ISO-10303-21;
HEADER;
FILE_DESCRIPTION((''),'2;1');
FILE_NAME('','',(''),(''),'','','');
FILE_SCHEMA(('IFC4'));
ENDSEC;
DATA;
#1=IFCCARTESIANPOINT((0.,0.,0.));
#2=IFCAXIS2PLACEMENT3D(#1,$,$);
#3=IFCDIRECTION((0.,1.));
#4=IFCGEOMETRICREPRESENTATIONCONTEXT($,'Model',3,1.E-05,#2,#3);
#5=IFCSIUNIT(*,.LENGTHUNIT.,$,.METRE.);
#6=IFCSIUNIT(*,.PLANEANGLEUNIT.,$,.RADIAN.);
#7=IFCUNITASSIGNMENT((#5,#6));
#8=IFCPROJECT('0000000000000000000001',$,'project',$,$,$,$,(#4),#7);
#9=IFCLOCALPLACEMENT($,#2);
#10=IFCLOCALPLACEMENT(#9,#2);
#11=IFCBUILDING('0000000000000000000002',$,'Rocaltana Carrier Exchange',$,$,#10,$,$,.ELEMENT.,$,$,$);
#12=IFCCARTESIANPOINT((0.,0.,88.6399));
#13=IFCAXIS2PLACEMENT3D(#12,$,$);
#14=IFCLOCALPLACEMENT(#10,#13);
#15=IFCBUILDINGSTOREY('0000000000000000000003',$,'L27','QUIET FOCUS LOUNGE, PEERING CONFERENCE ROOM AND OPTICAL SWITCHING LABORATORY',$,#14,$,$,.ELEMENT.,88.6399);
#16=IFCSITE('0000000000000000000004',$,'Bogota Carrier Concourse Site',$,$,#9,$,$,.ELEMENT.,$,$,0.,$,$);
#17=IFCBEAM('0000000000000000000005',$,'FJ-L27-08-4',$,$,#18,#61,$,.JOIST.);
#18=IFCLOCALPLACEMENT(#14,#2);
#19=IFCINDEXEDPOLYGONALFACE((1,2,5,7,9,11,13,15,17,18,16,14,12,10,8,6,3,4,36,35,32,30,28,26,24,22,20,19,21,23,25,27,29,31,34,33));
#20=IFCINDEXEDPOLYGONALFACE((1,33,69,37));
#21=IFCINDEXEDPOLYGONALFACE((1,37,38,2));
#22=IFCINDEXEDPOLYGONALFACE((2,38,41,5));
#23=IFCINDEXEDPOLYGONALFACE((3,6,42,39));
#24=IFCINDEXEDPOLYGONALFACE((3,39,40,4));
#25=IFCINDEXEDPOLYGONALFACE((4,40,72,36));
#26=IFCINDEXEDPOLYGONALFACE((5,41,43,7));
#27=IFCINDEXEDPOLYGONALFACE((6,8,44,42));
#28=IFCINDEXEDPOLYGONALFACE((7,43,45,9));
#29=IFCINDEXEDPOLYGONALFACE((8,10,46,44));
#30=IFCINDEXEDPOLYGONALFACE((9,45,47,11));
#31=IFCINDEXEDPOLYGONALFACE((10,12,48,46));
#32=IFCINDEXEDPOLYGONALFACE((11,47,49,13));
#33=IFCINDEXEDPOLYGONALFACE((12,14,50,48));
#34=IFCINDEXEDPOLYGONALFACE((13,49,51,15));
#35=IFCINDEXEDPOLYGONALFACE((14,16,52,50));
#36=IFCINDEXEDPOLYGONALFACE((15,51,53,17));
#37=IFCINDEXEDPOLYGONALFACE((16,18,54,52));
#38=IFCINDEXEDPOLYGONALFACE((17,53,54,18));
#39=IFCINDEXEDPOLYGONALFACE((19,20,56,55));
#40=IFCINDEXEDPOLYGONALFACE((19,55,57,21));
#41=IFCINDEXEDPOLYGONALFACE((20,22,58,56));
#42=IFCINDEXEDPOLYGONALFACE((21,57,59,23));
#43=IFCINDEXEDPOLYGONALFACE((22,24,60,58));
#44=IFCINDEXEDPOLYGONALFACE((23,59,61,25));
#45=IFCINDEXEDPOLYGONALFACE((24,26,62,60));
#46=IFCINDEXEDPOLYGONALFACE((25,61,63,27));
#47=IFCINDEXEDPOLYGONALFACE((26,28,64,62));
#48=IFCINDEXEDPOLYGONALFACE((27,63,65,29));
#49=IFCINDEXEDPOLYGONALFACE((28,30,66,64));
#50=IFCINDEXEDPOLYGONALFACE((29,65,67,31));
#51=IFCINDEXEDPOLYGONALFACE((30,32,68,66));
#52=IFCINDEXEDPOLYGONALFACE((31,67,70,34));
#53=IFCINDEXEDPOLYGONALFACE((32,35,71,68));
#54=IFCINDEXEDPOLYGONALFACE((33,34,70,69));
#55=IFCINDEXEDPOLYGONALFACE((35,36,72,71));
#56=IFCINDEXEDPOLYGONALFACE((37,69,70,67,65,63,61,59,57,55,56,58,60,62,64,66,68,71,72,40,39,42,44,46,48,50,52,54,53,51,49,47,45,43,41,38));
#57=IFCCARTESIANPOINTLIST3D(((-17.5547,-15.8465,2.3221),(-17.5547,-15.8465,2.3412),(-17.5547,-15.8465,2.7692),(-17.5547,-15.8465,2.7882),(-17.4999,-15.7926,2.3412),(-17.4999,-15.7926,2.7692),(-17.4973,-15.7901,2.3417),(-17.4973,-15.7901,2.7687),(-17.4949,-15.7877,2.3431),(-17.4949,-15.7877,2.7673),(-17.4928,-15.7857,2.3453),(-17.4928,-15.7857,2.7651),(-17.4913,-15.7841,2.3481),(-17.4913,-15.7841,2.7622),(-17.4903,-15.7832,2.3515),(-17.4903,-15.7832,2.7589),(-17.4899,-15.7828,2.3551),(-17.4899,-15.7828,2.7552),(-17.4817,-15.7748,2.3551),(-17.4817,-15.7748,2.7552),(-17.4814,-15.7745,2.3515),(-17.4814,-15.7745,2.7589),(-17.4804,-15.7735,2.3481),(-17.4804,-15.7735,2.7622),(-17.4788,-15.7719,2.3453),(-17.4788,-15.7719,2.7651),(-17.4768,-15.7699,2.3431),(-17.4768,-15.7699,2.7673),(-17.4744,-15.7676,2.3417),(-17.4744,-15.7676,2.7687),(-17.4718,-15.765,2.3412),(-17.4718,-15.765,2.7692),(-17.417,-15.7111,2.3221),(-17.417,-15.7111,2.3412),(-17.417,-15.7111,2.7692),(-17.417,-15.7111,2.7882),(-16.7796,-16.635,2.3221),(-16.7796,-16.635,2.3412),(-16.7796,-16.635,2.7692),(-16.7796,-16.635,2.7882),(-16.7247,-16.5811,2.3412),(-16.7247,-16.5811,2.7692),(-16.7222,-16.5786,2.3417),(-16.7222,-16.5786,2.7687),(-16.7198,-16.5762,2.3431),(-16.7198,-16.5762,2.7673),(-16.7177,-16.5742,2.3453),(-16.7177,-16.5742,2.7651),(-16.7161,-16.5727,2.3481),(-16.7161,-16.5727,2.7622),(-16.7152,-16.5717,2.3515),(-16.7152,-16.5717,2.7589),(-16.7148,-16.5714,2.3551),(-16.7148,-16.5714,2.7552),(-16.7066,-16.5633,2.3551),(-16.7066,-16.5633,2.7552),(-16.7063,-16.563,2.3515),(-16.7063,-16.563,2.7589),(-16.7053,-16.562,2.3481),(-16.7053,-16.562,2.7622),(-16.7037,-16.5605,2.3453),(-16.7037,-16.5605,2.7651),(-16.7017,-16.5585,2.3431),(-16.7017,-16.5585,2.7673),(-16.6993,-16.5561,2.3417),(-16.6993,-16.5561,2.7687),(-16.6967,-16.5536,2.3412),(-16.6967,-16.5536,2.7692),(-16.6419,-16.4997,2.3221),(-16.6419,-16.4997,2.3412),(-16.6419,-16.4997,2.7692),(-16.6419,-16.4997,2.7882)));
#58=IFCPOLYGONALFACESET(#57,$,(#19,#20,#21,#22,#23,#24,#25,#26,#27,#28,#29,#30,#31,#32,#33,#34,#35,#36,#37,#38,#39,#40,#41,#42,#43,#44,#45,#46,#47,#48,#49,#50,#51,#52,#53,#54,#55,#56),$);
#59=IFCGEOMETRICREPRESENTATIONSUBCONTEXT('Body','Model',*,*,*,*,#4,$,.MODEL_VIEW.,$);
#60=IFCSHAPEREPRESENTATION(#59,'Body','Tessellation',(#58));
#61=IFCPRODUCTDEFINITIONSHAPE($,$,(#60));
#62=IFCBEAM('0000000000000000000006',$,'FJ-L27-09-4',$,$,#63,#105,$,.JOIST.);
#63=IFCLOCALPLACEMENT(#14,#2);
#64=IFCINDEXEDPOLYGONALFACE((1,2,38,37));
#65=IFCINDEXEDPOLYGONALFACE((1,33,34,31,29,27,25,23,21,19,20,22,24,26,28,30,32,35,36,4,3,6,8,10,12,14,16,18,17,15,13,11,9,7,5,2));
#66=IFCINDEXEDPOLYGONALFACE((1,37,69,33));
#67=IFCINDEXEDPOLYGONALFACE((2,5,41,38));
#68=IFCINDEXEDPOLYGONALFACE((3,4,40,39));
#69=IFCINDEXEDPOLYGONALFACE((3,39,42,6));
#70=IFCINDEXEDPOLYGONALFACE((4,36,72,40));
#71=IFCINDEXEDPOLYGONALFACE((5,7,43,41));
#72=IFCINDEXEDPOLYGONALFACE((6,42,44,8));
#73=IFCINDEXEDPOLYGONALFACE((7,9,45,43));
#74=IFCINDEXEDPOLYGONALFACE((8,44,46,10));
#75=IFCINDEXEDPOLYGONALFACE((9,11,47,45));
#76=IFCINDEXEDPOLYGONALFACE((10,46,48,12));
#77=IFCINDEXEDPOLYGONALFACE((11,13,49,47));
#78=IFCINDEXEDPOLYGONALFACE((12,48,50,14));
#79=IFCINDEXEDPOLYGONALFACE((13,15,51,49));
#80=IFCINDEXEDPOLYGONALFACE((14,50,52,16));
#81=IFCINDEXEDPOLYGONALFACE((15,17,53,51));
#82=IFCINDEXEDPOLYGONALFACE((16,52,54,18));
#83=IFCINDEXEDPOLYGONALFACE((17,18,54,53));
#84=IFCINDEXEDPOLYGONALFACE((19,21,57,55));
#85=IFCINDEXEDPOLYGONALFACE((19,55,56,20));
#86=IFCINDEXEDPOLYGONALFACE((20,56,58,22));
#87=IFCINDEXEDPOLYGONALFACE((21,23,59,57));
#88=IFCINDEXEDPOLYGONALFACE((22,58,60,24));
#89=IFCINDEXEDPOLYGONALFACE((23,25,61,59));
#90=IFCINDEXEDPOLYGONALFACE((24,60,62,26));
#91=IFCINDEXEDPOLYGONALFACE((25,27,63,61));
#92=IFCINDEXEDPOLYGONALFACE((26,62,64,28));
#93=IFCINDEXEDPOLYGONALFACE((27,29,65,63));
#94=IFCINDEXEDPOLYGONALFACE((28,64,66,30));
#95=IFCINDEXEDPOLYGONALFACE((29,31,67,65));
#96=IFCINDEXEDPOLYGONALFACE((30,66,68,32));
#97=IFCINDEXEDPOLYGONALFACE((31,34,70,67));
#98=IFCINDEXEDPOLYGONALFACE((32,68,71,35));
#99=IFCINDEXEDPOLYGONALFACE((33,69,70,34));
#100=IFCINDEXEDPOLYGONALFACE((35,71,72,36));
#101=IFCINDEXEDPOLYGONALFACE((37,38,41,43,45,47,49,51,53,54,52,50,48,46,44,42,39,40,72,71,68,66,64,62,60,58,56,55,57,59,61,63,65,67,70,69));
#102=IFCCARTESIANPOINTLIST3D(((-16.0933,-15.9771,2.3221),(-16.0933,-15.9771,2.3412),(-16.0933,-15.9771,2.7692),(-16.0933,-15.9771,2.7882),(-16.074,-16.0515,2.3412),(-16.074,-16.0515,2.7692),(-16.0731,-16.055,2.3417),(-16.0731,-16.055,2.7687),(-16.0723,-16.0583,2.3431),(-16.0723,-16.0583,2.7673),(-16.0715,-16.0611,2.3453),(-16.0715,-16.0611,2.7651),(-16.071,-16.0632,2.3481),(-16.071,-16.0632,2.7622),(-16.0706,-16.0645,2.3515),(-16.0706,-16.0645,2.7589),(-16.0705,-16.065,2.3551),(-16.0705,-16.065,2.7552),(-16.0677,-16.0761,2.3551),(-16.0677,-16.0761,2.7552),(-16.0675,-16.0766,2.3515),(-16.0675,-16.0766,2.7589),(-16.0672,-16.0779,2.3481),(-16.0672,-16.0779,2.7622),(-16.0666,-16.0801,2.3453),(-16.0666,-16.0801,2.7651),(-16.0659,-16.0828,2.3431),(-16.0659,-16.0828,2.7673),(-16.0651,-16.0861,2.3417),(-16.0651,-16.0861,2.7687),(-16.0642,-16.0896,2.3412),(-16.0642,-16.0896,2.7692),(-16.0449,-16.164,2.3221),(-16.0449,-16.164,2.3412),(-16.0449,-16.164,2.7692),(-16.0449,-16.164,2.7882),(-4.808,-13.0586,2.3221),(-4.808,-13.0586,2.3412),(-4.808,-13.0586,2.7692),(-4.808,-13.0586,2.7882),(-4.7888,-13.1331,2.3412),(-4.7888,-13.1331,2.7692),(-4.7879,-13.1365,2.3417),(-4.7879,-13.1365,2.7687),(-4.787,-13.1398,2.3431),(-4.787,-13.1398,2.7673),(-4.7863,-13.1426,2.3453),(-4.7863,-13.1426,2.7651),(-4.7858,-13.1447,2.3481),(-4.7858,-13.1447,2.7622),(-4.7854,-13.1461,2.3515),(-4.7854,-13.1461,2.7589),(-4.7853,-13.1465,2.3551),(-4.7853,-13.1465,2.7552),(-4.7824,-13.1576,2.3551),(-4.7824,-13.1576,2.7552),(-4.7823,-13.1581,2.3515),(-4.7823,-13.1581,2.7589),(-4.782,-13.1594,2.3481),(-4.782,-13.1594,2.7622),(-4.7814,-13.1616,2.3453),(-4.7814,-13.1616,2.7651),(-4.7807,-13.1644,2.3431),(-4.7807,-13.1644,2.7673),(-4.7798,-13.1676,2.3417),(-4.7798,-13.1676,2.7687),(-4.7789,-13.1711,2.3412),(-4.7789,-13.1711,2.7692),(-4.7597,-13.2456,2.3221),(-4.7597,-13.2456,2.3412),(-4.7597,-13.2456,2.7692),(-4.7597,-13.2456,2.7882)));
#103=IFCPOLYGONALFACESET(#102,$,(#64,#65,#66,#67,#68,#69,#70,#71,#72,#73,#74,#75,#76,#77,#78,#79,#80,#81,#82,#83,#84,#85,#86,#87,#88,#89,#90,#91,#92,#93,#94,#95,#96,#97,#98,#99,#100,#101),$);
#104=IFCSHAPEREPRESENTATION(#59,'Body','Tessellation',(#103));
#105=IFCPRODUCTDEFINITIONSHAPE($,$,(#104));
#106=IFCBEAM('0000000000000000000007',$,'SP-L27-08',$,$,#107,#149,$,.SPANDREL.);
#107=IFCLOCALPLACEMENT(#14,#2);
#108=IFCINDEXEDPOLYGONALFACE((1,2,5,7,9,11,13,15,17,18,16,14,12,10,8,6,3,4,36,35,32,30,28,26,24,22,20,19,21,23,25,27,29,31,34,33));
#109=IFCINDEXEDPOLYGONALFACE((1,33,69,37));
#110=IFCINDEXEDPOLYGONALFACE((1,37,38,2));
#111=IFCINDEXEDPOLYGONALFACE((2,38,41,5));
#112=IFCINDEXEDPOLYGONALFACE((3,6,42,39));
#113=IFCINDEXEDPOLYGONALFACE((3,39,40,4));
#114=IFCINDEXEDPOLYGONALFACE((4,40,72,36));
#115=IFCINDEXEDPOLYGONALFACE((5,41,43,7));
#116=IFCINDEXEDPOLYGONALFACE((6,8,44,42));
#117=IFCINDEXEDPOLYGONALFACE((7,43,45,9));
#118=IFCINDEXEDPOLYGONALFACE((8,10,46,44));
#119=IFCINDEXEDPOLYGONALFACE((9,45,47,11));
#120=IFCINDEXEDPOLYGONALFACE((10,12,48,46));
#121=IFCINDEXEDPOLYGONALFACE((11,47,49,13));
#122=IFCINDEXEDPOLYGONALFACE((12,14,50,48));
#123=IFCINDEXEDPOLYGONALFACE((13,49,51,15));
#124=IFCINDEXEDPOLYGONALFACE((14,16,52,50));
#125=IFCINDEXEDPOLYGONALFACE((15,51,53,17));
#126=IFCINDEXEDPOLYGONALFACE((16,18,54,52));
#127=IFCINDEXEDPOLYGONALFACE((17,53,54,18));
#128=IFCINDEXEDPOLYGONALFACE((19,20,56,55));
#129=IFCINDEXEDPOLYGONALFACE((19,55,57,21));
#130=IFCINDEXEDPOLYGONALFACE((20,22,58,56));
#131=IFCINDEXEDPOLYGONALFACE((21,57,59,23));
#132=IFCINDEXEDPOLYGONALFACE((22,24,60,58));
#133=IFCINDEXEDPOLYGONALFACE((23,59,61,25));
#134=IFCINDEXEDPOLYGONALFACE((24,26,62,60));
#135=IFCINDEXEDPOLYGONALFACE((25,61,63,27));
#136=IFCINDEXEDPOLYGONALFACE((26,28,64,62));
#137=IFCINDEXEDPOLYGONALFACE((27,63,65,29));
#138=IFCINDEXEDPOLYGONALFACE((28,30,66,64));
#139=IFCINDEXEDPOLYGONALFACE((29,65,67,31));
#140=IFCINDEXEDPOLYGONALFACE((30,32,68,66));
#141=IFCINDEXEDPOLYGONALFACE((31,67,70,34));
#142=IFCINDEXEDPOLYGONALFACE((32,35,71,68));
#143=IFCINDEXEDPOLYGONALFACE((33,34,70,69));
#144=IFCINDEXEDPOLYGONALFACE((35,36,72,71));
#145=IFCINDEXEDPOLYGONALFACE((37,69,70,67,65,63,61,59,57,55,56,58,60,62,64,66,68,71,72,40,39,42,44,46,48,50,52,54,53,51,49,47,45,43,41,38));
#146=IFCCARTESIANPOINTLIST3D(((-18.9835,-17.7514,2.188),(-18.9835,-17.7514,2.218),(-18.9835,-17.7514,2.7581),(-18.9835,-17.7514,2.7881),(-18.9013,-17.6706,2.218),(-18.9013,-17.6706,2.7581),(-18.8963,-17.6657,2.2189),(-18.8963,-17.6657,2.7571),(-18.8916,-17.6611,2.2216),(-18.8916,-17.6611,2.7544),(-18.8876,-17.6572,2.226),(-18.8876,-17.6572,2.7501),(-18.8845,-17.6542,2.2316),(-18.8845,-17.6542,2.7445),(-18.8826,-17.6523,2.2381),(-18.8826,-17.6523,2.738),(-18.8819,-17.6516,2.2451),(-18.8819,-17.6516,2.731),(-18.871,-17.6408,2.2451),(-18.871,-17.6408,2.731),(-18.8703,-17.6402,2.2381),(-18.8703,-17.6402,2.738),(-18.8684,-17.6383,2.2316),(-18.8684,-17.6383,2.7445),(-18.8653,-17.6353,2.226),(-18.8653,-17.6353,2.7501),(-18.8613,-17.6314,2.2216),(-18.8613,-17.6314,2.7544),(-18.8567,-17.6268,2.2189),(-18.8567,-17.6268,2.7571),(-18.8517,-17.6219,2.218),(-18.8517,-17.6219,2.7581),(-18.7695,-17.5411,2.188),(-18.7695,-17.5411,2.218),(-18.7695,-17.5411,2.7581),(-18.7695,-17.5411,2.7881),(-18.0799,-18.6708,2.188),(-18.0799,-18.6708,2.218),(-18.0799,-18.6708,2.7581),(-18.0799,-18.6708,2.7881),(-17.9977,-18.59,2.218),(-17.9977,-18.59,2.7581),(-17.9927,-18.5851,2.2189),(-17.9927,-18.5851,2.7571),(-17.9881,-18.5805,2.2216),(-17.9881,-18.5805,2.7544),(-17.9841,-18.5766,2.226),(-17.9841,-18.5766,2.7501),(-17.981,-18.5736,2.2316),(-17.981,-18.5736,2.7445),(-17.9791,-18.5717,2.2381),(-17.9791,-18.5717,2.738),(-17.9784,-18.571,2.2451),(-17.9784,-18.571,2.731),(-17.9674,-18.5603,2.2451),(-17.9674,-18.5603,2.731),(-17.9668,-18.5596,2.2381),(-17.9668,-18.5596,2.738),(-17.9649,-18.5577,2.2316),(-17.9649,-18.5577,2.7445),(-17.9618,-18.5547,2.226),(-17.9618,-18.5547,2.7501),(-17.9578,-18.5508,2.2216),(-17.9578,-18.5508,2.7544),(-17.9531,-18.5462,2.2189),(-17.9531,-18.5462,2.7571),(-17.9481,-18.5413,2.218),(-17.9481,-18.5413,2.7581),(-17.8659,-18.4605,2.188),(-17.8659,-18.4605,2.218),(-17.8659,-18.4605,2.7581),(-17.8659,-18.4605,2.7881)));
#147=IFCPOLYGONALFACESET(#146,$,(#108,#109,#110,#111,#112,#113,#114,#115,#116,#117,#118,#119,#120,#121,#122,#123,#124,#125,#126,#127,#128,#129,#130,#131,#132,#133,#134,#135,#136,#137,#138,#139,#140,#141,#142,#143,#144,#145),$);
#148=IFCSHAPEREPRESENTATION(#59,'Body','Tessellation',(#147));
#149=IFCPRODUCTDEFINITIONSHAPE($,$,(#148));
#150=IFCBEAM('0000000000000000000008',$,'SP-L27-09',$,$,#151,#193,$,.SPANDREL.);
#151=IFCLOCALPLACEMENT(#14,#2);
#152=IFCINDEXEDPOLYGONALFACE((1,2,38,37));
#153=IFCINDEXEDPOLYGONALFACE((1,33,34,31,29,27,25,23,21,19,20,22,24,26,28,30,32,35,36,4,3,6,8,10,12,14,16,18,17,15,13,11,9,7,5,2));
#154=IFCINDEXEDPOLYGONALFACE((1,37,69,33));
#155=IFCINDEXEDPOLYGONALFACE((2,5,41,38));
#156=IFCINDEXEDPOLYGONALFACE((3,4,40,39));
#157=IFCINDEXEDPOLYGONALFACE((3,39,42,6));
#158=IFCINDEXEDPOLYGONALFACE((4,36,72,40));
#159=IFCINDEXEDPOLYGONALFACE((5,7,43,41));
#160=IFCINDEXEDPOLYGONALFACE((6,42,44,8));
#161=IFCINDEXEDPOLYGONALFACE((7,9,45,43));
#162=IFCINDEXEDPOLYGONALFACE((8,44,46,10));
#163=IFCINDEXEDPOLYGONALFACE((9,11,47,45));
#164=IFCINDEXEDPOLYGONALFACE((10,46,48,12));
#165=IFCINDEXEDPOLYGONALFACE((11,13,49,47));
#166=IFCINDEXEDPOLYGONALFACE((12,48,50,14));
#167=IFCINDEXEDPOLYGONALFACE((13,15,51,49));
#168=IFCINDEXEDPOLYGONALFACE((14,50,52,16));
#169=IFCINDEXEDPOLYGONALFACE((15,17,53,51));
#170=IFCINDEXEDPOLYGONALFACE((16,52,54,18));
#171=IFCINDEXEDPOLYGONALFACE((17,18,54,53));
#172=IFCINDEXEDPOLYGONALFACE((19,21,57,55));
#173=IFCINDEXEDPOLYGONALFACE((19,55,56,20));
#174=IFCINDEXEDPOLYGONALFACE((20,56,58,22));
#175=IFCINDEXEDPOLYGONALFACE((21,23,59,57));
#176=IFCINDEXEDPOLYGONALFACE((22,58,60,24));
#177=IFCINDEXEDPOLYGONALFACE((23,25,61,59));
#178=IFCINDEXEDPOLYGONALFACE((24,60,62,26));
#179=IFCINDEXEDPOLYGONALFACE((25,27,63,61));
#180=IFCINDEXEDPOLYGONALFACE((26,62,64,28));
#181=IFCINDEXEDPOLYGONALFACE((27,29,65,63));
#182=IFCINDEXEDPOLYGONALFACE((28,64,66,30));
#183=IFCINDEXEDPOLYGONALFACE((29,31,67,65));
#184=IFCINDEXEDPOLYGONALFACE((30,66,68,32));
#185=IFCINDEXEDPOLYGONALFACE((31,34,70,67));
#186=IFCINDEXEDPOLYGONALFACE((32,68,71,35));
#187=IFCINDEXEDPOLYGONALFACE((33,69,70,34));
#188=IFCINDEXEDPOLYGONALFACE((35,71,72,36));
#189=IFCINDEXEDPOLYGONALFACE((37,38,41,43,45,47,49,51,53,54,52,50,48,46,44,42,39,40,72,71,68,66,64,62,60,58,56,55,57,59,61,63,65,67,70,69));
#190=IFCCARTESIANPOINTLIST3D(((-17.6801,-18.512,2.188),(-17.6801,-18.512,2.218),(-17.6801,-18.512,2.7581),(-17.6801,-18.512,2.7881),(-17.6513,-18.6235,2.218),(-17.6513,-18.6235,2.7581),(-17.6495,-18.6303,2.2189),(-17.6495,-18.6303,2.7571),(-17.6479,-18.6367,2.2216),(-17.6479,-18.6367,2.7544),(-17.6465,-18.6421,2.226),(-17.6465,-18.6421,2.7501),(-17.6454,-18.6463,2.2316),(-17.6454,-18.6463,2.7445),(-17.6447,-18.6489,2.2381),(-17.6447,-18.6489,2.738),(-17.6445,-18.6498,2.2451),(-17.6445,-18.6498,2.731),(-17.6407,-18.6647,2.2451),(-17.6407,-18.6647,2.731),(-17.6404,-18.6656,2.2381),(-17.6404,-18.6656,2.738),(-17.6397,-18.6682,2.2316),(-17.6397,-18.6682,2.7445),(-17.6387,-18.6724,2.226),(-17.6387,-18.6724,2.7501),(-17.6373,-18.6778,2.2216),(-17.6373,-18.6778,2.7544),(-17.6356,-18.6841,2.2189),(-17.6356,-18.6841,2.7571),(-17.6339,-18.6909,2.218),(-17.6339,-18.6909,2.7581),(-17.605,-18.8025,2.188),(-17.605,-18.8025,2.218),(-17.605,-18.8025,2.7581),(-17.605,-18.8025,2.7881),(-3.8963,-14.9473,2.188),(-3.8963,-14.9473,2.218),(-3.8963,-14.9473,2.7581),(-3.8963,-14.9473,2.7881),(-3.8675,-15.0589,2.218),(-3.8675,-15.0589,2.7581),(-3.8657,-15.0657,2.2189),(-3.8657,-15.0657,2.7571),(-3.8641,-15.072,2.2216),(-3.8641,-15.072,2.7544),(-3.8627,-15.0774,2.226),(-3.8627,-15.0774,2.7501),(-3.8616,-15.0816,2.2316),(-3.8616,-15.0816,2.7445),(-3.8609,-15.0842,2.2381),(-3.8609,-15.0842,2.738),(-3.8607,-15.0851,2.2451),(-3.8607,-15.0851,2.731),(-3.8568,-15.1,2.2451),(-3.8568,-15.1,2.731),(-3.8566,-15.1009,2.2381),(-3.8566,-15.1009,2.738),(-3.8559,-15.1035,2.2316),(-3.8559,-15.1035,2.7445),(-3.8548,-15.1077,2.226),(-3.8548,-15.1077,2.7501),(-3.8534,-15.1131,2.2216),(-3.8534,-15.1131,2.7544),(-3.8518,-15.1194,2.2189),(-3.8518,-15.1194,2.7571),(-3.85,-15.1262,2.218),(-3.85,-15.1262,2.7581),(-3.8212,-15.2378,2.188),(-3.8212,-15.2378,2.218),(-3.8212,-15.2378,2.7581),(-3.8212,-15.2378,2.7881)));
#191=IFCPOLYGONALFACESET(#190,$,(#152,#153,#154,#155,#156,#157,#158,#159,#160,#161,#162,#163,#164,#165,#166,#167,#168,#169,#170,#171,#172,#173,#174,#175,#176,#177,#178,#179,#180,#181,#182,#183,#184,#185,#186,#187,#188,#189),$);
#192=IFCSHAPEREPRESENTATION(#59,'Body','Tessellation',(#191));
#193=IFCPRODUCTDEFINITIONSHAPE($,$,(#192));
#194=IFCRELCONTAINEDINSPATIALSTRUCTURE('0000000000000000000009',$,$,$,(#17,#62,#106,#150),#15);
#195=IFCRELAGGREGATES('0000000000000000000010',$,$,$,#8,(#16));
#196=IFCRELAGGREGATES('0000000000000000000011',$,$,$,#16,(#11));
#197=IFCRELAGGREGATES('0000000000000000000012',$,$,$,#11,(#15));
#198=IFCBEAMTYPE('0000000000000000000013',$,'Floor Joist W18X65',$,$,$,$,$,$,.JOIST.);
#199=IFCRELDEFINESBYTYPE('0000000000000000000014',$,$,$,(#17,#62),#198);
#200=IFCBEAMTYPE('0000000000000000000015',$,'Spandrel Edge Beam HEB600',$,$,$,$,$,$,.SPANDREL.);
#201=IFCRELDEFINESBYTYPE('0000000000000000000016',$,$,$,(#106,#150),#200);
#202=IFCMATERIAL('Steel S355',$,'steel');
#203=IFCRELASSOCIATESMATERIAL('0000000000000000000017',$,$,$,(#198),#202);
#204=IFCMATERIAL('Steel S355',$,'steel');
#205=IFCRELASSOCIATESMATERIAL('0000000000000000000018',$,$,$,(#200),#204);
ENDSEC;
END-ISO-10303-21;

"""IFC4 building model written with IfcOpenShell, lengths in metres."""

from ifc_helpers import new_model, si_unit, direction, frame, origin, origin_2d, place, context, subcontext, project, spatial, i_section, extrude, material, material_profile, profile_set, type_object, element, save


model = new_model("IFC4")

# Units and contexts
model_context = context("Model", 3, precision=1e-05, world=origin(), true_north=direction((0.0, 1.0)))
body_context = subcontext(model_context, "Body", "Model", "MODEL_VIEW")
ifc_project = project(units=[si_unit("LENGTHUNIT", "METRE"), si_unit("PLANEANGLEUNIT", "RADIAN")], contexts=[model_context])

# Site, building, storey
site_placement = place(None, origin())
site = spatial("IfcSite", under=ifc_project, at=site_placement, Name="Bogota Carrier Concourse Site", CompositionType="ELEMENT", RefElevation=0.0)
building_placement = place(site_placement, origin())
building = spatial("IfcBuilding", under=site, at=building_placement, Name="Rocaltana Carrier Exchange", CompositionType="ELEMENT")
storey_placement = place(building_placement, frame((0.0, 0.0, 88.6399)))
storey = spatial("IfcBuildingStorey", under=building, at=storey_placement, Name="L27", Description="QUIET FOCUS LOUNGE, PEERING CONFERENCE ROOM AND OPTICAL SWITCHING LABORATORY", CompositionType="ELEMENT", Elevation=88.6399)

# Beams
ifc_material_1 = material(Name="Steel S355", Category="steel")
ifc_material_profile_1 = material_profile(ifc_material_1, i_section(OverallWidth=0.1931, OverallDepth=0.4661, WebThickness=0.0115, FlangeThickness=0.019, FilletRadius=0.0139, at=origin_2d()), Name="W18X65")
ifc_profile_set_1 = profile_set([ifc_material_profile_1], Name="Steel S355")
beam_type_1 = type_object("IfcBeamType", Name="Floor Joist W18X65", PredefinedType="JOIST", material=ifc_profile_set_1)
beam_1_placement = place(storey_placement, frame((-17.4858, -15.7788, 2.5552), z_axis=(0.701009, -0.713152, 0.0), x_axis=(0.713152, 0.701009, 0.0)))
element("IfcBeam", 1, at=beam_1_placement, inside=storey, type_object=beam_type_1, Name="FJ-L27-08-4", PredefinedType="JOIST", context=body_context, shape_type="SweptSolid", body=[
    extrude(i_section(OverallWidth=0.1931, OverallDepth=0.4661, WebThickness=0.0115, FlangeThickness=0.019, FilletRadius=0.0139, at=origin_2d()), origin(), (0.0, 0.0, 1.0), 1.1057),
])
beam_2_placement = place(storey_placement, frame((-16.0691, -16.0706, 2.5552), z_axis=(0.968149, 0.250373, 0.0), x_axis=(-0.250373, 0.968149, 0.0)))
element("IfcBeam", 2, at=beam_2_placement, inside=storey, type_object=beam_type_1, Name="FJ-L27-09-4", PredefinedType="JOIST", context=body_context, shape_type="SweptSolid", body=[
    extrude(i_section(OverallWidth=0.1931, OverallDepth=0.4661, WebThickness=0.0115, FlangeThickness=0.019, FilletRadius=0.0139, at=origin_2d()), origin(), (0.0, 0.0, 1.0), 11.6565),
])
ifc_material_2 = material(Name="Steel S355", Category="steel")
ifc_material_profile_2 = material_profile(ifc_material_2, i_section(OverallWidth=0.3, OverallDepth=0.6001, WebThickness=0.0154, FlangeThickness=0.03, FilletRadius=0.0271, at=origin_2d()), Name="HEB600")
ifc_profile_set_2 = profile_set([ifc_material_profile_2], Name="Steel S355")
beam_type_2 = type_object("IfcBeamType", Name="Spandrel Edge Beam HEB600", PredefinedType="SPANDREL", material=ifc_profile_set_2)
beam_3_placement = place(storey_placement, frame((-18.8765, -17.6462, 2.488), z_axis=(0.700925, -0.713235, 0.0), x_axis=(0.713235, 0.700925, 0.0)))
element("IfcBeam", 3, at=beam_3_placement, inside=storey, type_object=beam_type_2, Name="SP-L27-08", PredefinedType="SPANDREL", context=body_context, shape_type="SweptSolid", body=[
    extrude(i_section(OverallWidth=0.3, OverallDepth=0.6001, WebThickness=0.0154, FlangeThickness=0.03, FilletRadius=0.0271, at=origin_2d()), origin(), (0.0, 0.0, 1.0), 1.2891),
])
beam_4_placement = place(storey_placement, frame((-17.6426, -18.6572, 2.488), z_axis=(0.968149, 0.250375, 0.0), x_axis=(-0.250375, 0.968149, 0.0)))
element("IfcBeam", 4, at=beam_4_placement, inside=storey, type_object=beam_type_2, Name="SP-L27-09", PredefinedType="SPANDREL", context=body_context, shape_type="SweptSolid", body=[
    extrude(i_section(OverallWidth=0.3, OverallDepth=0.6001, WebThickness=0.0154, FlangeThickness=0.03, FilletRadius=0.0271, at=origin_2d()), origin(), (0.0, 0.0, 1.0), 14.2373),
])

save(model, "model.ifc")
